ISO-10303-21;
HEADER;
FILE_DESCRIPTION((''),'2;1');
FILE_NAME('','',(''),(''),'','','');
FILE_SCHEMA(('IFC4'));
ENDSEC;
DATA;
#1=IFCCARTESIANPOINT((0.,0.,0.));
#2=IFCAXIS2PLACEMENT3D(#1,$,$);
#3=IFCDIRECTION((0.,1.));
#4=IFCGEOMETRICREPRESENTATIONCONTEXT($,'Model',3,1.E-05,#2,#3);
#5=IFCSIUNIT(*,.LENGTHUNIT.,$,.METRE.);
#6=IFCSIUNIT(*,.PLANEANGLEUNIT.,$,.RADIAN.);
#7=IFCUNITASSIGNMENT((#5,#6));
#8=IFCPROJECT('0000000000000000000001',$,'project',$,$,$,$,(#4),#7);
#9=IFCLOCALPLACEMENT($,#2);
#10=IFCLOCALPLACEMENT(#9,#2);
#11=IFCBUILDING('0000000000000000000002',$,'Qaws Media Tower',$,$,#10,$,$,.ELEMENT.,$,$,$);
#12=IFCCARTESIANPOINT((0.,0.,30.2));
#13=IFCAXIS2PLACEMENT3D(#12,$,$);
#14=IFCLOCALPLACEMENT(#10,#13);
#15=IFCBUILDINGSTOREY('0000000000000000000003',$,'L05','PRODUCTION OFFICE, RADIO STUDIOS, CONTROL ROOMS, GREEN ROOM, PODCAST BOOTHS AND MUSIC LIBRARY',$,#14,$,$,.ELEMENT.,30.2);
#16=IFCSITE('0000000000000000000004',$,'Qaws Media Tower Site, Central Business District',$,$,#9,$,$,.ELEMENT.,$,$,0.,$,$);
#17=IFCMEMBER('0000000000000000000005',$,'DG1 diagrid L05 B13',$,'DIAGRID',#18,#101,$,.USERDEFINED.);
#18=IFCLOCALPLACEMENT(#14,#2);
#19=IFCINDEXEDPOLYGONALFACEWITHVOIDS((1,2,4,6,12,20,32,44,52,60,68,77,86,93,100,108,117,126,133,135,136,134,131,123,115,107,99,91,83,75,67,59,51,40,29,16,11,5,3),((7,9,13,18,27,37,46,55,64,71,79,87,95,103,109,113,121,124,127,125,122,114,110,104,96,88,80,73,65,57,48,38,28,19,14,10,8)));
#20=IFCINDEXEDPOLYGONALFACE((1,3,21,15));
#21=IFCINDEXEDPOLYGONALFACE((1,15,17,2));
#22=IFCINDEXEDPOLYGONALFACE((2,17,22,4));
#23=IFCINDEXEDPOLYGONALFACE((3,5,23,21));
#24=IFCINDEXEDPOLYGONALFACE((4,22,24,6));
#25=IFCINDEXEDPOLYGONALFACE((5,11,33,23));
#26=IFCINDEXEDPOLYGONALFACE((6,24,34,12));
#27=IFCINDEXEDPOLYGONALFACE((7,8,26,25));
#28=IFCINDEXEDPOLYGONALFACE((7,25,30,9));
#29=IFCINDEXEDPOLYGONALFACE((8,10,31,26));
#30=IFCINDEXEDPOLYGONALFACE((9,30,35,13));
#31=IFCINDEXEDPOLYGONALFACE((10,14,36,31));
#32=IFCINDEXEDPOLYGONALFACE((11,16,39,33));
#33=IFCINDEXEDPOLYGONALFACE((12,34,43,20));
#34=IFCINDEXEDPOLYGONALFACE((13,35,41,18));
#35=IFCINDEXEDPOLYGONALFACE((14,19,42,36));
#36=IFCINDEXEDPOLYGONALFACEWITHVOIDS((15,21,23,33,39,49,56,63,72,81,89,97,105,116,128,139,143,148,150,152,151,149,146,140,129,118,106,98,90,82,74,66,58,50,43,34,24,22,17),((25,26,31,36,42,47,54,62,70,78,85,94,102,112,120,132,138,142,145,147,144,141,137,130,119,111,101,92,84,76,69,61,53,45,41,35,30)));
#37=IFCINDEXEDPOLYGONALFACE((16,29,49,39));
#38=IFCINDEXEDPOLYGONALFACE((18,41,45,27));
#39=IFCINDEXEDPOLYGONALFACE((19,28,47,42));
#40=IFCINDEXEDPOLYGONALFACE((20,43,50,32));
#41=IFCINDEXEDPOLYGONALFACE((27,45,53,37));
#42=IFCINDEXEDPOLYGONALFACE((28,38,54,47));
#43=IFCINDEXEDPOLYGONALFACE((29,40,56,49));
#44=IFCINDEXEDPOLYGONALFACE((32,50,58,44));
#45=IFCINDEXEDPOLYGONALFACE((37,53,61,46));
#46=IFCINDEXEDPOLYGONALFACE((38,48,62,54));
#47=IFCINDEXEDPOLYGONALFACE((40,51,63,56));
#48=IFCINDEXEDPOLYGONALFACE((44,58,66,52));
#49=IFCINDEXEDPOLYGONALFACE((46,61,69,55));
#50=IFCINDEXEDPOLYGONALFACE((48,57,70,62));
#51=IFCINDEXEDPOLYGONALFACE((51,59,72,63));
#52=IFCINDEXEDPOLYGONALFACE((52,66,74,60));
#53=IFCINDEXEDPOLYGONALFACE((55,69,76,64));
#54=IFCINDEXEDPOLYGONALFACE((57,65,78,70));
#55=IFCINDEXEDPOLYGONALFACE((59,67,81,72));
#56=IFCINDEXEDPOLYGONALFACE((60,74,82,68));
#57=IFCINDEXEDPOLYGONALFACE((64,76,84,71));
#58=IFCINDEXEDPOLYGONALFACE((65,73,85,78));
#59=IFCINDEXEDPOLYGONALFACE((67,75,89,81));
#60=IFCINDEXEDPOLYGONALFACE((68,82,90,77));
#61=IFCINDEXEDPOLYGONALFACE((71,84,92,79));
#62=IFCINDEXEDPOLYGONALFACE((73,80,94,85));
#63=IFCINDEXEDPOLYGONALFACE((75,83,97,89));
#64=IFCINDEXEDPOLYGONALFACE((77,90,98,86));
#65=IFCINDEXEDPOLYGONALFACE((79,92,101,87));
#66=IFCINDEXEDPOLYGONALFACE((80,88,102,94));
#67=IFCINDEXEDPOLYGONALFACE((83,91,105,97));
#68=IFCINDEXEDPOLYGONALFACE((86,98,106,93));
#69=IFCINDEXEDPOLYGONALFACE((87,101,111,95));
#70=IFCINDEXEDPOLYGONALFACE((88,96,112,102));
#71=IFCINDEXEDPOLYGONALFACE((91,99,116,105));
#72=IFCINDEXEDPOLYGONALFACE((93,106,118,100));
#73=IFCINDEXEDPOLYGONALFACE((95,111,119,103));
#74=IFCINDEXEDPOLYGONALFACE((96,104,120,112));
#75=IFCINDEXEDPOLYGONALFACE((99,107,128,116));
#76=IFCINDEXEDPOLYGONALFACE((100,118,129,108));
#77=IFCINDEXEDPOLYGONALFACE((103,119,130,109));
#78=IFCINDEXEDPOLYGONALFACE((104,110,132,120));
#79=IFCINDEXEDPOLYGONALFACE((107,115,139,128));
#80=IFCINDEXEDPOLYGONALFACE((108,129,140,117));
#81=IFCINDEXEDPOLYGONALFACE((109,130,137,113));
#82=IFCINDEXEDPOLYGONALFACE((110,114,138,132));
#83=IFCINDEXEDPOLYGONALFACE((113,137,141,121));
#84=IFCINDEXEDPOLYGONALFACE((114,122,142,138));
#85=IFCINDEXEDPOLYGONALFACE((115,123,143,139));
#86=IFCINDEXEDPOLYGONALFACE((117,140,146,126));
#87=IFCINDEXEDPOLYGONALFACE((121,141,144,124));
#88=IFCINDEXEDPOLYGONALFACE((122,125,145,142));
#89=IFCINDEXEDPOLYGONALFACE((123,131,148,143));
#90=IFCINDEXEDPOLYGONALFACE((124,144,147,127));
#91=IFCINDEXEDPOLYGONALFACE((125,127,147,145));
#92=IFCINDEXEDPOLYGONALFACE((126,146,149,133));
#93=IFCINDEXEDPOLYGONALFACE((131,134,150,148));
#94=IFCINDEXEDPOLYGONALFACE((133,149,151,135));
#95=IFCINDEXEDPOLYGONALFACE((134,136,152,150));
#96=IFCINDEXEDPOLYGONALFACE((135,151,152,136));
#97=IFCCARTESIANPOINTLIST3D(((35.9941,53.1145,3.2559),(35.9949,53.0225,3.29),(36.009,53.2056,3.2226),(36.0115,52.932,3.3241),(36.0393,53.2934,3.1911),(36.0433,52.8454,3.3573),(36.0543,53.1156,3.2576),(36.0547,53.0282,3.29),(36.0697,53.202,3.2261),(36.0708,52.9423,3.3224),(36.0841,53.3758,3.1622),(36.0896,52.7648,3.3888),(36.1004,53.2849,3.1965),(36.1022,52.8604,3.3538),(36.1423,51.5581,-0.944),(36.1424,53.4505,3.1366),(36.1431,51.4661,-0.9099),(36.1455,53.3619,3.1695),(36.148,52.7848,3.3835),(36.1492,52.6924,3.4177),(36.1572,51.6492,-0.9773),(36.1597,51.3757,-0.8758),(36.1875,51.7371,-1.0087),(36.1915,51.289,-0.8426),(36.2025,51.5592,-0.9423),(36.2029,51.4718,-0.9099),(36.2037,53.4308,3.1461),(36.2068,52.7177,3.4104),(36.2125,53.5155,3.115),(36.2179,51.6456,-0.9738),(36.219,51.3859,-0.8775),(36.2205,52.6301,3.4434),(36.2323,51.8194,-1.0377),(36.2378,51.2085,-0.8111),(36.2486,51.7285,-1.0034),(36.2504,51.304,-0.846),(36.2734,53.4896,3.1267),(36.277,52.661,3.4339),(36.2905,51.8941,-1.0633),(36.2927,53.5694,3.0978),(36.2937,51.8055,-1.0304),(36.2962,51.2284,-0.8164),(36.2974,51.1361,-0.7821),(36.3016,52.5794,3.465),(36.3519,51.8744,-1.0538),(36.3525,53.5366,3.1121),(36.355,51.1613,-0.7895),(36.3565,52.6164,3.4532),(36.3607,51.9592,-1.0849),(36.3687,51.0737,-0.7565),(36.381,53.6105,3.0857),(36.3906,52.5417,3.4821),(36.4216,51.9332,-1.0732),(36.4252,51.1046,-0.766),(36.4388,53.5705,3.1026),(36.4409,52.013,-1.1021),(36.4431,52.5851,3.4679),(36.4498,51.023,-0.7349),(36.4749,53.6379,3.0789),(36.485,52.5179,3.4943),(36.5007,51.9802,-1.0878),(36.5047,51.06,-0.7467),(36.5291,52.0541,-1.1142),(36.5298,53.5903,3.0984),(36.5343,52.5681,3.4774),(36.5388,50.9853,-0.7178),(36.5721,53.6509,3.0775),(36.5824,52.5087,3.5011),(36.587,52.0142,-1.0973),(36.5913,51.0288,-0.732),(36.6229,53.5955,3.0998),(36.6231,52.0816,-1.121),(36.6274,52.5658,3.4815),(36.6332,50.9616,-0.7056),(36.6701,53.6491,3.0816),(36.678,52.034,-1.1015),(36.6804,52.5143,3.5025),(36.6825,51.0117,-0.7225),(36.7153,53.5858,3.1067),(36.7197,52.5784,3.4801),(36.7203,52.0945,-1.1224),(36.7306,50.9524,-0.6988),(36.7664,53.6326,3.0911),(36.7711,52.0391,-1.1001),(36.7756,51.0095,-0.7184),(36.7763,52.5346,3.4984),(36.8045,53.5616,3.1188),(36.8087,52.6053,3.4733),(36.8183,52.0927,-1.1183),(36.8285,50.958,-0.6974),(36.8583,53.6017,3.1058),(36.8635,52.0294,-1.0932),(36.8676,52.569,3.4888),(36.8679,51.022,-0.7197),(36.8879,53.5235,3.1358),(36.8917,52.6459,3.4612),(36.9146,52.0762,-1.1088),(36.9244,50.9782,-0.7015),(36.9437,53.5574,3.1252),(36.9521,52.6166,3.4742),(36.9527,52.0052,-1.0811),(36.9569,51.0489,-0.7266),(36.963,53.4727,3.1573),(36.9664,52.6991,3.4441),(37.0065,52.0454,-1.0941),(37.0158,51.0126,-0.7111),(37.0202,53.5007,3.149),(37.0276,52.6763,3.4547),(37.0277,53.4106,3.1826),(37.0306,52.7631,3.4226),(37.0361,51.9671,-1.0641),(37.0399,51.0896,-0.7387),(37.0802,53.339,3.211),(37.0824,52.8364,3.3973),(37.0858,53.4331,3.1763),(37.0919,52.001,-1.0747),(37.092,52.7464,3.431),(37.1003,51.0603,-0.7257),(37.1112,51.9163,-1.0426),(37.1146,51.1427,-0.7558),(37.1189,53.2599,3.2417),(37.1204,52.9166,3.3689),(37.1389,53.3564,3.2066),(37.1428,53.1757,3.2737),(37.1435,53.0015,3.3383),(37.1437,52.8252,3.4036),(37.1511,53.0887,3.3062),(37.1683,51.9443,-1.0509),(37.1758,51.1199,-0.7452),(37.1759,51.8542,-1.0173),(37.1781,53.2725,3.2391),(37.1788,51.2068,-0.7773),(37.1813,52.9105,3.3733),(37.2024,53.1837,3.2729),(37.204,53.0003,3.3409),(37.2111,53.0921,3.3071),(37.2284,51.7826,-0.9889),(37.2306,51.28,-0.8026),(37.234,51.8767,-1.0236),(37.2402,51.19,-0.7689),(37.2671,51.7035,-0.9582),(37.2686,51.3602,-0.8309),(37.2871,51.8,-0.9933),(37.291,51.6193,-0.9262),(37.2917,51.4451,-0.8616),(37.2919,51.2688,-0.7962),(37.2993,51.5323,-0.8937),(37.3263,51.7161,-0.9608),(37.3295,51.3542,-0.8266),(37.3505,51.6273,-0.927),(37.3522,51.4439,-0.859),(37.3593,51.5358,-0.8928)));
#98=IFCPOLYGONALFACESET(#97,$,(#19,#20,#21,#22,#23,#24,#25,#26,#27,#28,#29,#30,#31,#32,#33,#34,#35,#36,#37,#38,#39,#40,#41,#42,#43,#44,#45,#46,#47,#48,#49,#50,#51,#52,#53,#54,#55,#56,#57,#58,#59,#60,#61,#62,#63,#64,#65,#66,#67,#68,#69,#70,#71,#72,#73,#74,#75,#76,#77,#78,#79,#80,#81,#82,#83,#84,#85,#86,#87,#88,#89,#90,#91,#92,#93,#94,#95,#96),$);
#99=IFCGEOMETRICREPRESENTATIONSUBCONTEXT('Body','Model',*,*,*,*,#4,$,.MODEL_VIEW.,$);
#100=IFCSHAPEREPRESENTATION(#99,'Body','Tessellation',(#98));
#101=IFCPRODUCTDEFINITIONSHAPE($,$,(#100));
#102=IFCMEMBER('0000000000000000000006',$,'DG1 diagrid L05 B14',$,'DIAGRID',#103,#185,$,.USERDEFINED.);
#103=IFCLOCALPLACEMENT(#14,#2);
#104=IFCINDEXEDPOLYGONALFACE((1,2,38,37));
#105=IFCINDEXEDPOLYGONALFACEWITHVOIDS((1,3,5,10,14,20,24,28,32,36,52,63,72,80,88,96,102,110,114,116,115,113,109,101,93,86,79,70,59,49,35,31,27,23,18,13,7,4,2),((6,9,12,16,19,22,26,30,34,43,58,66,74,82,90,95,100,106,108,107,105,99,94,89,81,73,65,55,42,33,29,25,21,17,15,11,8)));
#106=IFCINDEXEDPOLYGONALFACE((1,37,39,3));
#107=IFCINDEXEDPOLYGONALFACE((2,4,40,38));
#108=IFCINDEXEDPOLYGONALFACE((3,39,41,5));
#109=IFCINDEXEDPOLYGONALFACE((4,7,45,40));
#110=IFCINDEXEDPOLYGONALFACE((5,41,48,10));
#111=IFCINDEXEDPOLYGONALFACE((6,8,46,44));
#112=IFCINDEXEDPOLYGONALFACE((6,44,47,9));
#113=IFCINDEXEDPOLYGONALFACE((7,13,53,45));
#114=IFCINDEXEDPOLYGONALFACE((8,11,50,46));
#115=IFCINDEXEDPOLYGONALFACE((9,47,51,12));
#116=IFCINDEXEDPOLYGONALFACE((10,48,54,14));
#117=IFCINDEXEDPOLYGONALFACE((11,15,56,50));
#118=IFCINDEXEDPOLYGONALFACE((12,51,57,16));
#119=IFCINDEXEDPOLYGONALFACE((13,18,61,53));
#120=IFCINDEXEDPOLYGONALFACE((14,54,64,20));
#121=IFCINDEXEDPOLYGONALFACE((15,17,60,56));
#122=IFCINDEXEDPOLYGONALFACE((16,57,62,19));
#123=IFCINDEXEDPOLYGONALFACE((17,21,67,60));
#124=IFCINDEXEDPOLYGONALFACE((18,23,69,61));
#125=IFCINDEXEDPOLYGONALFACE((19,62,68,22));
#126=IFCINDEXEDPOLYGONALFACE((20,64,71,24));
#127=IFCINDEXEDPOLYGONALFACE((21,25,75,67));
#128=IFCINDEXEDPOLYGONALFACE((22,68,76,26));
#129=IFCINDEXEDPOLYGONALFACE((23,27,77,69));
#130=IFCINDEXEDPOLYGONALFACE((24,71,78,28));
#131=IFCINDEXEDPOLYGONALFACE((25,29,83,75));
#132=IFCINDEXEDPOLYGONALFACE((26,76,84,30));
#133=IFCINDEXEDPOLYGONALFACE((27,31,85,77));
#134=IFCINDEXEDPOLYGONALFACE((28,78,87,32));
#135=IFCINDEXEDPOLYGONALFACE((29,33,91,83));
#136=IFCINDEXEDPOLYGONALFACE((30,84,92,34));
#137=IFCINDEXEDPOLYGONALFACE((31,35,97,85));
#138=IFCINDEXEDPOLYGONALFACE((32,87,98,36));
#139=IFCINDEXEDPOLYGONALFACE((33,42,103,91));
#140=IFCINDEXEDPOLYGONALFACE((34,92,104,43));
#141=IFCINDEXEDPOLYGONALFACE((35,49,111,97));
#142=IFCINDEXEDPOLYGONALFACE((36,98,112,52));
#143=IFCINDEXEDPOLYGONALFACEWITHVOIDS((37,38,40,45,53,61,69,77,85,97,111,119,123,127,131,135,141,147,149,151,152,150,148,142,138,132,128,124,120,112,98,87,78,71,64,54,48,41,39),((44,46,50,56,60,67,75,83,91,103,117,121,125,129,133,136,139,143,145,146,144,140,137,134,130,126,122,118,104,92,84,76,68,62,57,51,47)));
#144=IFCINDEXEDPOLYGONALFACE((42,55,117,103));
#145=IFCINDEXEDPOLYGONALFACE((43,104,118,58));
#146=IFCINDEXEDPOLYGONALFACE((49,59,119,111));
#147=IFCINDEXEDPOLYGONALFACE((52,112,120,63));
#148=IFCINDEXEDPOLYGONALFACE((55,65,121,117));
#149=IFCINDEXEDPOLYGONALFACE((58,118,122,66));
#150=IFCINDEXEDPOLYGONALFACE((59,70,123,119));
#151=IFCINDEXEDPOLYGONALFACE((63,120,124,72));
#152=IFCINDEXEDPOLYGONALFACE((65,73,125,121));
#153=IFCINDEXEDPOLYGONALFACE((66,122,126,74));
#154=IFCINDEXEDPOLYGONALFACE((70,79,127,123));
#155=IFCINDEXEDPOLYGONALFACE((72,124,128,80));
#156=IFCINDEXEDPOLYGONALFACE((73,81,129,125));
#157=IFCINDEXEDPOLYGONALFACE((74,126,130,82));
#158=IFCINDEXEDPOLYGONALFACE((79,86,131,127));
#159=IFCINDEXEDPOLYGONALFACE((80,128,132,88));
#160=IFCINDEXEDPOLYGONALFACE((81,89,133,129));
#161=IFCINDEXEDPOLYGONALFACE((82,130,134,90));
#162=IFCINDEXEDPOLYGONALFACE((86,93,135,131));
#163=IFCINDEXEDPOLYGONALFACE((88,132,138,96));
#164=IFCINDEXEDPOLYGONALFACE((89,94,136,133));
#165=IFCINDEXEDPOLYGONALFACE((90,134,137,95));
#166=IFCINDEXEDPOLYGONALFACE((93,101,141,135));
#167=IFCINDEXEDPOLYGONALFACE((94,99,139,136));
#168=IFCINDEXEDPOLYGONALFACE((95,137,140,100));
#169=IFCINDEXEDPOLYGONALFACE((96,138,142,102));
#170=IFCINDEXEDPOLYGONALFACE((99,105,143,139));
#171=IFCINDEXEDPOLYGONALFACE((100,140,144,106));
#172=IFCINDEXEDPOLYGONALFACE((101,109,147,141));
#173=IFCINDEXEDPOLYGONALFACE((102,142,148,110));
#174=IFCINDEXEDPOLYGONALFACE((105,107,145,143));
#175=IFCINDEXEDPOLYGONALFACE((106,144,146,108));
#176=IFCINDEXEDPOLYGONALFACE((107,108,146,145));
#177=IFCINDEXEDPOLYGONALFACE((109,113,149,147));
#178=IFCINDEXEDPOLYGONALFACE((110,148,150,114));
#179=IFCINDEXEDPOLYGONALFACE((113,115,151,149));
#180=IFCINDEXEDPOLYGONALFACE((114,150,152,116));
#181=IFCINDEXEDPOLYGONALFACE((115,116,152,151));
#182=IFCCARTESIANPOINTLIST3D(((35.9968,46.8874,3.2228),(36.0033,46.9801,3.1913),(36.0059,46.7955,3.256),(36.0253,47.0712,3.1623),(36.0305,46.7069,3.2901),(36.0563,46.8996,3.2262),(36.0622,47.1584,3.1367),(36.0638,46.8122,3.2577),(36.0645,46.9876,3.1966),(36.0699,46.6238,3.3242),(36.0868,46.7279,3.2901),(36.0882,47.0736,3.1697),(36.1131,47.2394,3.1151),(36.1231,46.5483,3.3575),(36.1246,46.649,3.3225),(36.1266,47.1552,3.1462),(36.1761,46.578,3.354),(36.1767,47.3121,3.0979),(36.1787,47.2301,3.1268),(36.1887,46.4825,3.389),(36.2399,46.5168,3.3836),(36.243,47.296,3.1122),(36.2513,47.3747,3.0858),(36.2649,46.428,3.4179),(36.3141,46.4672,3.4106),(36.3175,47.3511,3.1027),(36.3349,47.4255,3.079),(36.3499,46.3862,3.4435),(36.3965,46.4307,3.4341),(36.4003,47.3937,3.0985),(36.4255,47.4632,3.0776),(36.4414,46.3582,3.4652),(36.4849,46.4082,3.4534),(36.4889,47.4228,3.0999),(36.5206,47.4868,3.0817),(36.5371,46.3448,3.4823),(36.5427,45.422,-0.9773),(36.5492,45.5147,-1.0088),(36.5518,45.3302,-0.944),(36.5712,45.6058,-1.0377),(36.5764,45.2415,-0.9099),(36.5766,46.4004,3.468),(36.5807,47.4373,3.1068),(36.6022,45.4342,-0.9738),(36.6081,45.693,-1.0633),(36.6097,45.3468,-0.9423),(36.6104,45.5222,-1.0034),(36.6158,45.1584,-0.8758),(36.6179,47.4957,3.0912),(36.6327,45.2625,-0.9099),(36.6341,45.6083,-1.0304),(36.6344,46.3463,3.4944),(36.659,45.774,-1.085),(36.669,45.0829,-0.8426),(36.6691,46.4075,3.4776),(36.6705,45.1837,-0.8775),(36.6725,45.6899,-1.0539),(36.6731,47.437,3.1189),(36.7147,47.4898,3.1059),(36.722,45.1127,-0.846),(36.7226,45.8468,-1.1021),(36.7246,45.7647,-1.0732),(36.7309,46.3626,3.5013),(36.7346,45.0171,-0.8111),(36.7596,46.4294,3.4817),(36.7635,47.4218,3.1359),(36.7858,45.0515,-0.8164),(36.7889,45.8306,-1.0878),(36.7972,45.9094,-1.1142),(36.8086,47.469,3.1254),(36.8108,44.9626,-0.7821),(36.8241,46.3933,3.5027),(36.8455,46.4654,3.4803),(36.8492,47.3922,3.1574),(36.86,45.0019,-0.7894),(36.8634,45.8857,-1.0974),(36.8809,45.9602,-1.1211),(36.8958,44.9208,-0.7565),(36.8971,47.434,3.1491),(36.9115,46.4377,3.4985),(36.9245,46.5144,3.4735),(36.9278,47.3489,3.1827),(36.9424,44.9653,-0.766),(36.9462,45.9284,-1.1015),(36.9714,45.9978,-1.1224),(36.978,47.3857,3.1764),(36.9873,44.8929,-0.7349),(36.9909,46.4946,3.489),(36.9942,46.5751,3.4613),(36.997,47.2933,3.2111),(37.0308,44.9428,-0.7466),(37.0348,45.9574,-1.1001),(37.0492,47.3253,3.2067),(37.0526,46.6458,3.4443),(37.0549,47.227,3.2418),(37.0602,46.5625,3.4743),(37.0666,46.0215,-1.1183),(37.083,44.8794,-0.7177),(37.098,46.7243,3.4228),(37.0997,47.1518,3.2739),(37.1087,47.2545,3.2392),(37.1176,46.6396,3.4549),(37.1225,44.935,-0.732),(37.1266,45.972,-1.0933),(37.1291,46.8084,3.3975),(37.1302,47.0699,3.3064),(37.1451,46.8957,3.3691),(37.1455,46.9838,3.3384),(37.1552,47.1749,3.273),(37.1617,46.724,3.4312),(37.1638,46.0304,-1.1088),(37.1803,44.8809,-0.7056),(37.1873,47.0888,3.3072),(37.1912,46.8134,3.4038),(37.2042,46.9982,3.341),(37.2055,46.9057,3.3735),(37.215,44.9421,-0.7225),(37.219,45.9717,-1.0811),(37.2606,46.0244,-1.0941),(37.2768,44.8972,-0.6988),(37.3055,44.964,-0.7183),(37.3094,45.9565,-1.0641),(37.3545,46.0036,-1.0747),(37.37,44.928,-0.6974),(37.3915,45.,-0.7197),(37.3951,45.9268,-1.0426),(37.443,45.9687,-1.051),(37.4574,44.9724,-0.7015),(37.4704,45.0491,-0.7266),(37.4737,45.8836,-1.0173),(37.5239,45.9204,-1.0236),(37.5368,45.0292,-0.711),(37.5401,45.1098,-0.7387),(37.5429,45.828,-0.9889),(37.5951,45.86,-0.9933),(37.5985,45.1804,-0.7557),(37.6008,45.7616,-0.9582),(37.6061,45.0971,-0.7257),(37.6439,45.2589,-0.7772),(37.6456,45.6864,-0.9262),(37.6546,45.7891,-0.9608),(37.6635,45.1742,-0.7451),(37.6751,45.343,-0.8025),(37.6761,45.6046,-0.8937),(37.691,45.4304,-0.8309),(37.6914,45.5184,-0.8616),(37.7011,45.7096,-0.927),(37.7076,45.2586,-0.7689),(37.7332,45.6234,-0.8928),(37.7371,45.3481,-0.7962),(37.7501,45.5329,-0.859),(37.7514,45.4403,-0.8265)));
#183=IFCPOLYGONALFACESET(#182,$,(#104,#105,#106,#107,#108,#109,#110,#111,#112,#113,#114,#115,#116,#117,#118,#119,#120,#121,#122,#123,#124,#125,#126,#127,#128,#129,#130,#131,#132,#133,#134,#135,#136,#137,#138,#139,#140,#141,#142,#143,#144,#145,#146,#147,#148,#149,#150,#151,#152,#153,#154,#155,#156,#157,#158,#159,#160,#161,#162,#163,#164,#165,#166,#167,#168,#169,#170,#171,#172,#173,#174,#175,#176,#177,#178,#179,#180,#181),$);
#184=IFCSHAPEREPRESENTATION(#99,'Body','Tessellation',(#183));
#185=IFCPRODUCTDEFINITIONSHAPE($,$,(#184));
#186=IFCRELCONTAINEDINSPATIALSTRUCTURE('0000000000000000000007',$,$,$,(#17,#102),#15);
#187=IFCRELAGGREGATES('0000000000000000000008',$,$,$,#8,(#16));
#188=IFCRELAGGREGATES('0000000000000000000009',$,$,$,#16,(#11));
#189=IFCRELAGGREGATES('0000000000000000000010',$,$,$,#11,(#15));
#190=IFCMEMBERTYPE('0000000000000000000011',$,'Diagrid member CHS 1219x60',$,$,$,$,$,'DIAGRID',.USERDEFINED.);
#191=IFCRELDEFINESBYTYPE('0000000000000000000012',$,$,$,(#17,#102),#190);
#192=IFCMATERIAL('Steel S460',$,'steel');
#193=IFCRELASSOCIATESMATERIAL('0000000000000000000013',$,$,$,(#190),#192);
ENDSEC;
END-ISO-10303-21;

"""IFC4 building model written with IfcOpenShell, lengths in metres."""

from ifc_helpers import new_model, si_unit, direction, frame, origin, origin_2d, place, context, subcontext, project, spatial, hollow_circle, extrude, material, material_profile, profile_set, type_object, element, save


model = new_model("IFC4")

# Units and contexts
model_context = context("Model", 3, precision=1e-05, world=origin(), true_north=direction((0.0, 1.0)))
body_context = subcontext(model_context, "Body", "Model", "MODEL_VIEW")
ifc_project = project(units=[si_unit("LENGTHUNIT", "METRE"), si_unit("PLANEANGLEUNIT", "RADIAN")], contexts=[model_context])

# Site, building, storey
site_placement = place(None, origin())
site = spatial("IfcSite", under=ifc_project, at=site_placement, Name="Qaws Media Tower Site, Central Business District", CompositionType="ELEMENT", RefElevation=0.0)
building_placement = place(site_placement, origin())
building = spatial("IfcBuilding", under=site, at=building_placement, Name="Qaws Media Tower", CompositionType="ELEMENT")
storey_placement = place(building_placement, frame((0.0, 0.0, 30.2)))
storey = spatial("IfcBuildingStorey", under=building, at=storey_placement, Name="L05", Description="PRODUCTION OFFICE, RADIO STUDIOS, CONTROL ROOMS, GREEN ROOM, PODCAST BOOTHS AND MUSIC LIBRARY", CompositionType="ELEMENT", Elevation=30.2)

# Members
ifc_material_1 = material(Name="Steel S460", Category="steel")
ifc_material_profile_1 = material_profile(ifc_material_1, hollow_circle(Radius=0.6096, WallThickness=0.0601, at=origin_2d()), Name="CHS 1219x60")
ifc_profile_set_1 = profile_set([ifc_material_profile_1], Name="Steel S460")
member_type_1 = type_object("IfcMemberType", Name="Diagrid member CHS 1219x60", ElementType="DIAGRID", PredefinedType="USERDEFINED", material=ifc_profile_set_1)
for number, where, z_axis, x_axis, name in (
    (1, (36.75, 51.5239, -0.9099), (-0.033068, 0.347293, 0.937173), (-0.995498, -0.094787, 0.0), "DG1 diagrid L05 B13"),
):
    element("IfcMember", number, at=place(storey_placement, frame(where, z_axis=z_axis, x_axis=x_axis)), inside=storey, type_object=member_type_1, Name=name, ObjectType="DIAGRID", PredefinedType="USERDEFINED", context=body_context, shape_type="SweptSolid", body=[
        extrude(hollow_circle(Radius=0.6096, WallThickness=0.0601, at=origin_2d()), origin(), (0.0, 0.0, 1.0), 4.4814),
    ])
member_1_placement = place(storey_placement, frame((37.1477, 45.4543, -0.9099), z_axis=(-0.121809, 0.326966, 0.937153), x_axis=(-0.937084, -0.349104, 0.0)))
element("IfcMember", 2, at=member_1_placement, inside=storey, type_object=member_type_1, Name="DG1 diagrid L05 B14", ObjectType="DIAGRID", PredefinedType="USERDEFINED", context=body_context, shape_type="SweptSolid", body=[
    extrude(hollow_circle(Radius=0.6096, WallThickness=0.0601, at=origin_2d()), origin(), (0.0, 0.0, 1.0), 4.4817),
])

save(model, "model.ifc")
